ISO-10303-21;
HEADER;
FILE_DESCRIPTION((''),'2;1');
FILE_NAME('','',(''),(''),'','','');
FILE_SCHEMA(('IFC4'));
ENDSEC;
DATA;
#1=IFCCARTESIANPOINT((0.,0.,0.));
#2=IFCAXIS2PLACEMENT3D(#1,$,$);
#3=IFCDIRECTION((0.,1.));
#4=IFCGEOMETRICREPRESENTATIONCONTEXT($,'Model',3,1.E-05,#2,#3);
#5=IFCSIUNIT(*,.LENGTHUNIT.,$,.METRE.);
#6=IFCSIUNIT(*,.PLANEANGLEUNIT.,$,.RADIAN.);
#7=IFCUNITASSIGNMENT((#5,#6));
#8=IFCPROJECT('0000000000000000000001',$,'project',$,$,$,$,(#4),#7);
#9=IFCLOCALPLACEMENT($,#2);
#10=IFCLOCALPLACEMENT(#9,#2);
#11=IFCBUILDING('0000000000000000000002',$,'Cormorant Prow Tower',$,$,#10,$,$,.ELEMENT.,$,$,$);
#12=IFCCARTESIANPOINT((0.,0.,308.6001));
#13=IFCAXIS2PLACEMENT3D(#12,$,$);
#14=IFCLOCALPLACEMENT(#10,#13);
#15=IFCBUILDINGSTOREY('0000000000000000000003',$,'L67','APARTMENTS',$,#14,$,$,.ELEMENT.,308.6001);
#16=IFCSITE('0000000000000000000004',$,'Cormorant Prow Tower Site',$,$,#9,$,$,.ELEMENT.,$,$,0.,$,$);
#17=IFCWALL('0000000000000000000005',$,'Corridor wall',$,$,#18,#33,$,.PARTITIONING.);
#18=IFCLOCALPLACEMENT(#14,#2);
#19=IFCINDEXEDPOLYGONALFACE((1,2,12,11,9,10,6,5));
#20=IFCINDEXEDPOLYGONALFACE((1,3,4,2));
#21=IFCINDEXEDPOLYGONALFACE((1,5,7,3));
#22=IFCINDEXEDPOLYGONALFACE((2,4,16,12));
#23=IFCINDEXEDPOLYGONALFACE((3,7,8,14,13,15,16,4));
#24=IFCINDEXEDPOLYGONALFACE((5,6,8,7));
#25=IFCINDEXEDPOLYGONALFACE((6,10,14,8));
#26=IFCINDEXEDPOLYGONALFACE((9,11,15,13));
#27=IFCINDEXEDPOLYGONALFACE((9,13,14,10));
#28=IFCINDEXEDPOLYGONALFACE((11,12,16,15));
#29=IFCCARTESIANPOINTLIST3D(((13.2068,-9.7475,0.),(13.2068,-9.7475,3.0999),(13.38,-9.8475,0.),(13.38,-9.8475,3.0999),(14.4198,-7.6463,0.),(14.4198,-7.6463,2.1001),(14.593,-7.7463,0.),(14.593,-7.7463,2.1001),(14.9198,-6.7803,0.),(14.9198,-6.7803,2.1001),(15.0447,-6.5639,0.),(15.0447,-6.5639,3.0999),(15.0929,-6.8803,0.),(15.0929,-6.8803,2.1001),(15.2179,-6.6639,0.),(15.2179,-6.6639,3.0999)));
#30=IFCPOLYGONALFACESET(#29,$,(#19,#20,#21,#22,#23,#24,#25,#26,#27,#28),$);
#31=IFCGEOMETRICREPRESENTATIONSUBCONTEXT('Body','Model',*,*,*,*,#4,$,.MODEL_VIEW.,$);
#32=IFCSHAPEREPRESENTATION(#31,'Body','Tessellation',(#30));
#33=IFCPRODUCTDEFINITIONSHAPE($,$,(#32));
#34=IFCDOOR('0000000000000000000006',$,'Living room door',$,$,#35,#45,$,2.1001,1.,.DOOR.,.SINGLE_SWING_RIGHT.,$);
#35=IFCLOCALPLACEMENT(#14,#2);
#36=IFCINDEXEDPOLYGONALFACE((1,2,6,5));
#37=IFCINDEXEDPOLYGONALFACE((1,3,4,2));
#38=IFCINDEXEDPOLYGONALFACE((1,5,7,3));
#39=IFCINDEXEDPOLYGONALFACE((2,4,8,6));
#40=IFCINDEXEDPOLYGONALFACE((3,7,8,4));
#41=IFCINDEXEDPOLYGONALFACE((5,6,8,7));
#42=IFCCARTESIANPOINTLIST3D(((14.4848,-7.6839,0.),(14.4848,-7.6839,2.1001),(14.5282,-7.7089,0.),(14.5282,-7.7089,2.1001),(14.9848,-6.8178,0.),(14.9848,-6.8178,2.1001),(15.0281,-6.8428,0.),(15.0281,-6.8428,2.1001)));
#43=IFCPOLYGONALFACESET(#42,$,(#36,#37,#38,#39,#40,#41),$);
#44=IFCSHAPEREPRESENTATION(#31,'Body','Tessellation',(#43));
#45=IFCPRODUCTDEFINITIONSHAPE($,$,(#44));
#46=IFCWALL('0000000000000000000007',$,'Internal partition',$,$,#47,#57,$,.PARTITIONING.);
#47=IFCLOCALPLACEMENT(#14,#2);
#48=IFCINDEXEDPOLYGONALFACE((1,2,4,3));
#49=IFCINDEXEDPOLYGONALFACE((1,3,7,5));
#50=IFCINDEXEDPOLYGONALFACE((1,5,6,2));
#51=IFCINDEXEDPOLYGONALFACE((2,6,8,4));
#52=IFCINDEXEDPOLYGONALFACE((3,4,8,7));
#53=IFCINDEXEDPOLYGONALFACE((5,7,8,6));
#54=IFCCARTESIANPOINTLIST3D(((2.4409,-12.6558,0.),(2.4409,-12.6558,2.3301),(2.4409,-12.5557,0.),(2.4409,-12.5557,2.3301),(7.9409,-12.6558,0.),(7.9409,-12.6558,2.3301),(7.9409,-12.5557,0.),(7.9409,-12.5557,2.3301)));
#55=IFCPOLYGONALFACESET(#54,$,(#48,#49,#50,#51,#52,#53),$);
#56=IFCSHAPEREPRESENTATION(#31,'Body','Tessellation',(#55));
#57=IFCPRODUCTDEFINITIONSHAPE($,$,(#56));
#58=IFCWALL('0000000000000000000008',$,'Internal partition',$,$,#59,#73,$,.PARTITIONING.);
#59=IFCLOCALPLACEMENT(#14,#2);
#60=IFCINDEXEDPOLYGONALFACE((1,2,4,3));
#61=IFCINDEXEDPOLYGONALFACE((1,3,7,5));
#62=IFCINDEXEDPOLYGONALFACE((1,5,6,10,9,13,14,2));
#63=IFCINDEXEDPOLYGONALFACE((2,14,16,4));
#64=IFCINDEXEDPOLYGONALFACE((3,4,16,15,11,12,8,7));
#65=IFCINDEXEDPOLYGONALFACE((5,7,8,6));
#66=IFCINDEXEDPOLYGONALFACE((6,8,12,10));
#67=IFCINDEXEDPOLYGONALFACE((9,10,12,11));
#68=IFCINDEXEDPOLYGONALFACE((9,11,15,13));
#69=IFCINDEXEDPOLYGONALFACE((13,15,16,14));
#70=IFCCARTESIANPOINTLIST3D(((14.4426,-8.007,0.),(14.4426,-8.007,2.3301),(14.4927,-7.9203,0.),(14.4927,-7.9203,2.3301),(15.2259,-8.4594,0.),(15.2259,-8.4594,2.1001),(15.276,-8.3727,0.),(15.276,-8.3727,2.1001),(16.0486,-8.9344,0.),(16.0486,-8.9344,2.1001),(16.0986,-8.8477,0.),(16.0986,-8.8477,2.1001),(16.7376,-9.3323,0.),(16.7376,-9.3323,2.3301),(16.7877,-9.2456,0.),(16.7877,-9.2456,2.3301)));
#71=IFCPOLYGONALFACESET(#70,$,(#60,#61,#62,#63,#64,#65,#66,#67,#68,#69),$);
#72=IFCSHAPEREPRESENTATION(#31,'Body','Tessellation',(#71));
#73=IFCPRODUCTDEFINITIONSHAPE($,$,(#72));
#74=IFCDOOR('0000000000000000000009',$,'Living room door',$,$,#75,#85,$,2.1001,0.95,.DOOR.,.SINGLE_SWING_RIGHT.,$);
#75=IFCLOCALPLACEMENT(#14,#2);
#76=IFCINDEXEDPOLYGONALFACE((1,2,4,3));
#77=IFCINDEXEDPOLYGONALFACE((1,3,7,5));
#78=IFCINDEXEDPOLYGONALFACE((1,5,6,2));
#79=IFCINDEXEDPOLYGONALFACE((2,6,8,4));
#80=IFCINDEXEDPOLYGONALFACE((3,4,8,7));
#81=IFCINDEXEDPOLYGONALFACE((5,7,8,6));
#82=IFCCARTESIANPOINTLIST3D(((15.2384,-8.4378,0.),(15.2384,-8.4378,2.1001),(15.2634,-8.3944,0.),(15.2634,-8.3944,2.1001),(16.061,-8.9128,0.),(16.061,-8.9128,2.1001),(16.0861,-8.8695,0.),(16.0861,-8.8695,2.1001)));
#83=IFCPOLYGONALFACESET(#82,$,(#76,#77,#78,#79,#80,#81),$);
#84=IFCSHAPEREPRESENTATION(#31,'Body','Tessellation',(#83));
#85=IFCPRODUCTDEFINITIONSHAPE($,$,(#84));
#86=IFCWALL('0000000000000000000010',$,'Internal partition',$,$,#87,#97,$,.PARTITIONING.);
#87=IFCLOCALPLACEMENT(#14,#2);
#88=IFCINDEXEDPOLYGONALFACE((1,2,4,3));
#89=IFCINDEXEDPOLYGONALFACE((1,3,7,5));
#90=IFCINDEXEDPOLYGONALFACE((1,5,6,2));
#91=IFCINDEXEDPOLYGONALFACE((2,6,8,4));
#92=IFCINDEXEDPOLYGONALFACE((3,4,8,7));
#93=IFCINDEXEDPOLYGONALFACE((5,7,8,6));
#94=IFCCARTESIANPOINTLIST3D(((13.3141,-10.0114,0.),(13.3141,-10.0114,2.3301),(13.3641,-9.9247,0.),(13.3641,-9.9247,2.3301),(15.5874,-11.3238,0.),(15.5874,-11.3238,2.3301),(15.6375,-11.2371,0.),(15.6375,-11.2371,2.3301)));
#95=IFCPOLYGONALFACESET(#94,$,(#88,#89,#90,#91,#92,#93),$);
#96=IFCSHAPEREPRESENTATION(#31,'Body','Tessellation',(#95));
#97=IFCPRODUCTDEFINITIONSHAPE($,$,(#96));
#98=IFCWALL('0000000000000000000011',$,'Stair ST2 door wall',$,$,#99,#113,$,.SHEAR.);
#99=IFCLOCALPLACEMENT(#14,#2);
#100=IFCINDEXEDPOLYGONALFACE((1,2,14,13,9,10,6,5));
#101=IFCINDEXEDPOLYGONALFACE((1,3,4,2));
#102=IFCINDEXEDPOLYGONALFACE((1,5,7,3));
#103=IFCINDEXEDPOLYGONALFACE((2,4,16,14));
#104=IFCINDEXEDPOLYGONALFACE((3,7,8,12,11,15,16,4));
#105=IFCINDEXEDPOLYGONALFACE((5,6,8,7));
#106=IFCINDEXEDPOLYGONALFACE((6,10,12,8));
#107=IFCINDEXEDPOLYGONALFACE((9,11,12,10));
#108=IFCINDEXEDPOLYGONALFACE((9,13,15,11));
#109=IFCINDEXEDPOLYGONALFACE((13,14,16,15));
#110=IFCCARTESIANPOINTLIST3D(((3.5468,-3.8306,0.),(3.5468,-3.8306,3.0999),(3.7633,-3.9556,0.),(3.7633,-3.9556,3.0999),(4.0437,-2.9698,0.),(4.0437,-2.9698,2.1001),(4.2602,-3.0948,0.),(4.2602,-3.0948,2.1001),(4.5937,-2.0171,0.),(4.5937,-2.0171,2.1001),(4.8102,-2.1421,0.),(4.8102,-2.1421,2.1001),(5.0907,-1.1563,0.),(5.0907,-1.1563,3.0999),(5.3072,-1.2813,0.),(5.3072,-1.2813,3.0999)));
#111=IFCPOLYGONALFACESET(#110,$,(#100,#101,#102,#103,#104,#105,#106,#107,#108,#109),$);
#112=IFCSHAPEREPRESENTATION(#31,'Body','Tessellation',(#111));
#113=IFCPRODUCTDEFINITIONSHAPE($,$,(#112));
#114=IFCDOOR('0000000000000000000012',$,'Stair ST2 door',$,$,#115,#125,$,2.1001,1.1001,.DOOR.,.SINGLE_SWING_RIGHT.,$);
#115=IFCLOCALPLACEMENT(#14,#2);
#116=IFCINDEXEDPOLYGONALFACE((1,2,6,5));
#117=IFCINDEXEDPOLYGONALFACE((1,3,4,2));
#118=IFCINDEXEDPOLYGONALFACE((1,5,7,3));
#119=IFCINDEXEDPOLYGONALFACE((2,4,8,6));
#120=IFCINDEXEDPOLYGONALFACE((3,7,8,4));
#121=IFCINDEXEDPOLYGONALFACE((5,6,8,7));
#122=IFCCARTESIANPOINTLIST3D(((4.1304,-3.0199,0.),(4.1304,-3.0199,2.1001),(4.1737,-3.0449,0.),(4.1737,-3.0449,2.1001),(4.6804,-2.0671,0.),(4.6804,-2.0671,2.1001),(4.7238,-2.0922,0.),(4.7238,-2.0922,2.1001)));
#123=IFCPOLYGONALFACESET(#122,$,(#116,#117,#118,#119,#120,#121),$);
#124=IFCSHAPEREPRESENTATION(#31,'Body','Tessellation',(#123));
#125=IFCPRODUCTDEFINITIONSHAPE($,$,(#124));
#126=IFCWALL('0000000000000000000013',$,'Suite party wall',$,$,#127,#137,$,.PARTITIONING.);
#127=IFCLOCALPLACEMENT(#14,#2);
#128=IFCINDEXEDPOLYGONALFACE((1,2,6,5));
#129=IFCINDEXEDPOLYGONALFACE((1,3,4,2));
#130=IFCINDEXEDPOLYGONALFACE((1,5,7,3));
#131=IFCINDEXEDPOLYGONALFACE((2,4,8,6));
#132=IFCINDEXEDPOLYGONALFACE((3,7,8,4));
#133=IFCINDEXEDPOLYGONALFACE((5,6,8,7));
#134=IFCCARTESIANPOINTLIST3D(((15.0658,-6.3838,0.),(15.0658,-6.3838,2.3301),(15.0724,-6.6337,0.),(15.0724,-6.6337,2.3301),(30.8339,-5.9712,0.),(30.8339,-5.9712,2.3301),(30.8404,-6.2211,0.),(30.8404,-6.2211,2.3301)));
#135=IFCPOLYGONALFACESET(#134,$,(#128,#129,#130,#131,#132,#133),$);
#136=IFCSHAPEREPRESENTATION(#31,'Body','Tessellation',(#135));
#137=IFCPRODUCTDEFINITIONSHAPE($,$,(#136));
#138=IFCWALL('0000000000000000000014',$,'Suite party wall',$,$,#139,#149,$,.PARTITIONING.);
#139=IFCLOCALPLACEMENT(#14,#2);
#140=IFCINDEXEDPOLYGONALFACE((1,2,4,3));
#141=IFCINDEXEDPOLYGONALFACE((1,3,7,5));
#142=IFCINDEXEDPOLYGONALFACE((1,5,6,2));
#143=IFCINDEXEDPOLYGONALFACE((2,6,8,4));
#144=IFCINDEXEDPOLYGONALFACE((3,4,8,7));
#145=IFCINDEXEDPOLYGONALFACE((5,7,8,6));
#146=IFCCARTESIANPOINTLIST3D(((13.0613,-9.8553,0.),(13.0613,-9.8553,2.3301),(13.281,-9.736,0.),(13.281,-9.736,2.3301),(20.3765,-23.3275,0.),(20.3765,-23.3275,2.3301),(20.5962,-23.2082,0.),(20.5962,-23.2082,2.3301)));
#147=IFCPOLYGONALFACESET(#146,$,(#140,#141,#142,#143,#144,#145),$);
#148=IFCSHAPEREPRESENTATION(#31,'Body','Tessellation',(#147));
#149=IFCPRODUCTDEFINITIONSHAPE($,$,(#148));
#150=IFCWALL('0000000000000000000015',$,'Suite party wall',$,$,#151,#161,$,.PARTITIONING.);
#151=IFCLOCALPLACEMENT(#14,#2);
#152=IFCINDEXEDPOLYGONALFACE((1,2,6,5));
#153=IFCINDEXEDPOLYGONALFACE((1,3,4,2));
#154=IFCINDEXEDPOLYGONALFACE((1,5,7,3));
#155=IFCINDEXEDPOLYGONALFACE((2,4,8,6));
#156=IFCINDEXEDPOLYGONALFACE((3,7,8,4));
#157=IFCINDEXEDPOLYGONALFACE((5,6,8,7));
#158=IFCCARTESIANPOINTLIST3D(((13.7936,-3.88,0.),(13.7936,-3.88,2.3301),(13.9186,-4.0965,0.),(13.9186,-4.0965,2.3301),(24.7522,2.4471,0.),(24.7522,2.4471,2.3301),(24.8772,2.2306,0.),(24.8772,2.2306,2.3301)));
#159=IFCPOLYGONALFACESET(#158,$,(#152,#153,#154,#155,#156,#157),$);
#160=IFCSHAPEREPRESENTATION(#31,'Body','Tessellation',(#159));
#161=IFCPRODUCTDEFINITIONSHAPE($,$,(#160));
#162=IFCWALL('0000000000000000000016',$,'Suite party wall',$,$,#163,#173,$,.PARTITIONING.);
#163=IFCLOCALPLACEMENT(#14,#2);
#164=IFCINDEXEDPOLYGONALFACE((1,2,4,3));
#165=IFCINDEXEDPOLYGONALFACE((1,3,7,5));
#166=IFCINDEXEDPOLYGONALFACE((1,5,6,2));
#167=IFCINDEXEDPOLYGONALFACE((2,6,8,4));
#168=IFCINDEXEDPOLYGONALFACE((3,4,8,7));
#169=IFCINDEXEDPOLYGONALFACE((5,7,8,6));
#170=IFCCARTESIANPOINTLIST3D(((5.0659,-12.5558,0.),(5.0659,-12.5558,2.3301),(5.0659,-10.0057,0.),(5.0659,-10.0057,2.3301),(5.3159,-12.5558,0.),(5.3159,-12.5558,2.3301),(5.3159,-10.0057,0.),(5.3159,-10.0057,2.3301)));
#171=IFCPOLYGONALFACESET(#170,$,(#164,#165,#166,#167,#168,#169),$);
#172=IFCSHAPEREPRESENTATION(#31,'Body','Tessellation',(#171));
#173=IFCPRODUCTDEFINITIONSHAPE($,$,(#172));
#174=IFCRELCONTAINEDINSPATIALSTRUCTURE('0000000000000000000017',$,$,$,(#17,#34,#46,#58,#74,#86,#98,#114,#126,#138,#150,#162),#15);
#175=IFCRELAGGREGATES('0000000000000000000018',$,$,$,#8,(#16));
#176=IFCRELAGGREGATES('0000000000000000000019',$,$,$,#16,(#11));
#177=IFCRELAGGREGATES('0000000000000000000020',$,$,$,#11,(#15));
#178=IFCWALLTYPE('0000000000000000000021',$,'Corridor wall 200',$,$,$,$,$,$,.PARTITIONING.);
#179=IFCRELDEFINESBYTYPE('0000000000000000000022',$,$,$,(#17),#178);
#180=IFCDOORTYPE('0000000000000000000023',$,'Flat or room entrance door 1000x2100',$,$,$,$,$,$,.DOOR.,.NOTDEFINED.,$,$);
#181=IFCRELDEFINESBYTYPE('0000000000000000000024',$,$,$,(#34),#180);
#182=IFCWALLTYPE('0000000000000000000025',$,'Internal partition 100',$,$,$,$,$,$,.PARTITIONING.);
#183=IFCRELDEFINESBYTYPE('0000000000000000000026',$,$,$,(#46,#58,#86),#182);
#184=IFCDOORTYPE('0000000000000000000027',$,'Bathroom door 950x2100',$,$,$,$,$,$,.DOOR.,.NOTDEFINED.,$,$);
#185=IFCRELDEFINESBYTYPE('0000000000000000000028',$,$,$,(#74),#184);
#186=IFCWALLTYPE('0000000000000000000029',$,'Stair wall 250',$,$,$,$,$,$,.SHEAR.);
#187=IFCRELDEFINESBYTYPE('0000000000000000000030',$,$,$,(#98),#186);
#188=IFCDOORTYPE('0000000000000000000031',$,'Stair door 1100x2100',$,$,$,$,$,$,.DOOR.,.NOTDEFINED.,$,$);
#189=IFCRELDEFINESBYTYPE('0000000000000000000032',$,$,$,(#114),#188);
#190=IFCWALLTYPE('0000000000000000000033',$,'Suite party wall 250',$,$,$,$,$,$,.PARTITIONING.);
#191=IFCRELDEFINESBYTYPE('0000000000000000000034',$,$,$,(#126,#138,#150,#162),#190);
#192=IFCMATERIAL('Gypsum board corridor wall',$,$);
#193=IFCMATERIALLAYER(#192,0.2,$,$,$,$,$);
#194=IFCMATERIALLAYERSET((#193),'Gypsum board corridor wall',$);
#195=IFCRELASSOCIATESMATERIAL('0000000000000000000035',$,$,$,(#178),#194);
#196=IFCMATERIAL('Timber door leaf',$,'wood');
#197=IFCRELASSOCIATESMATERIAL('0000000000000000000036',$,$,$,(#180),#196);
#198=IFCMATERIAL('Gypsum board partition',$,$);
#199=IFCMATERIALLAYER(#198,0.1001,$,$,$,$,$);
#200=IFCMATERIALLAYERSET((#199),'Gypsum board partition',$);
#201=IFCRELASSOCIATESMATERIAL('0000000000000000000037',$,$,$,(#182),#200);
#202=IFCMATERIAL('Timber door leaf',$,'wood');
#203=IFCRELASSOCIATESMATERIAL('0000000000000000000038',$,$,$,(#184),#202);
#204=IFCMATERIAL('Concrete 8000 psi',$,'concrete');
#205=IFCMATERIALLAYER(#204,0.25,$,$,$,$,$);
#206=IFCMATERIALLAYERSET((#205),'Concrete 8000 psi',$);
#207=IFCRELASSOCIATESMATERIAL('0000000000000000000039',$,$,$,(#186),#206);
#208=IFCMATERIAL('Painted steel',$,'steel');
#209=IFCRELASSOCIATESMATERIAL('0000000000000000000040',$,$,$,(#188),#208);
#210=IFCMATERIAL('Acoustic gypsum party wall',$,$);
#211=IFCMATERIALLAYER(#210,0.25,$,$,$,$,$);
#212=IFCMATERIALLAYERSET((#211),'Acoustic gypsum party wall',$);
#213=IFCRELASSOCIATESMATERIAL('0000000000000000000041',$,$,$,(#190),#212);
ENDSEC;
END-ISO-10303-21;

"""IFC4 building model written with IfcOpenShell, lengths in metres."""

from ifc_helpers import new_model, si_unit, direction, frame, frame_2d, origin, place, context, subcontext, project, spatial, rectangle, extrude, material, layer, layer_set, type_object, element, fill, save


model = new_model("IFC4")

# Units and contexts
model_context = context("Model", 3, precision=1e-05, world=origin(), true_north=direction((0.0, 1.0)))
body_context = subcontext(model_context, "Body", "Model", "MODEL_VIEW")
ifc_project = project(units=[si_unit("LENGTHUNIT", "METRE"), si_unit("PLANEANGLEUNIT", "RADIAN")], contexts=[model_context])

# Site, building, storey
site_placement = place(None, origin())
site = spatial("IfcSite", under=ifc_project, at=site_placement, Name="Cormorant Prow Tower Site", CompositionType="ELEMENT", RefElevation=0.0)
building_placement = place(site_placement, origin())
building = spatial("IfcBuilding", under=site, at=building_placement, Name="Cormorant Prow Tower", CompositionType="ELEMENT")
storey_placement = place(building_placement, frame((0.0, 0.0, 308.6001)))
storey = spatial("IfcBuildingStorey", under=building, at=storey_placement, Name="L67", Description="APARTMENTS", CompositionType="ELEMENT", Elevation=308.6001)

# Shared definitions
ifc_material_1 = material(Name="Gypsum board corridor wall")
ifc_layer_1 = layer(ifc_material_1, 0.2)
ifc_layer_set_1 = layer_set([ifc_layer_1], Name="Gypsum board corridor wall")
wall_type_1 = type_object("IfcWallType", Name="Corridor wall 200", PredefinedType="PARTITIONING", material=ifc_layer_set_1)
ifc_material_2 = material(Name="Timber door leaf", Category="wood")
door_type_1 = type_object("IfcDoorType", Name="Flat or room entrance door 1000x2100", OperationType="NOTDEFINED", PredefinedType="DOOR", material=ifc_material_2)

# Wall, opening, door
wall_1_placement = place(storey_placement, frame((13.2935, -9.7974, 0.0), z_axis=(0.0, 0.0, 1.0), x_axis=(0.499968, 0.866044, 0.0)))
wall_1 = element("IfcWall", 1, at=wall_1_placement, inside=storey, type_object=wall_type_1, Name="Corridor wall", PredefinedType="PARTITIONING", context=body_context, shape_type="SweptSolid", body=[
    extrude(rectangle(XDim=3.676, YDim=0.2, at=frame_2d((1.8379, 0.0))), origin(), (0.0, 0.0, 1.0), 3.0999),
])
opening_1_placement = place(wall_1_placement, frame((2.426, 0.0, 0.0)))
opening_1 = element("IfcOpeningElement", 2, at=opening_1_placement, cuts=wall_1, PredefinedType="OPENING", context=body_context, shape_type="SweptSolid", body=[
    extrude(rectangle(XDim=1.0, YDim=2.1001, at=frame_2d((0.5, 1.05))), frame((0.0, 0.1099, 0.0), z_axis=(0.0, -1.0, 0.0), x_axis=(1.0, 0.0, 0.0)), (0.0, 0.0, 1.0), 0.22),
])
door_1_placement = place(opening_1_placement, origin())
door_1 = element("IfcDoor", 3, at=door_1_placement, inside=storey, type_object=door_type_1, Name="Living room door", OperationType="SINGLE_SWING_RIGHT", OverallHeight=2.1001, OverallWidth=1.0, PredefinedType="DOOR", context=body_context, shape_type="SweptSolid", body=[
    extrude(rectangle(XDim=1.0, YDim=2.1001, at=frame_2d((0.5, 1.05))), frame((0.0, 0.0249, 0.0), z_axis=(0.0, -1.0, 0.0), x_axis=(1.0, 0.0, 0.0)), (0.0, 0.0, 1.0), 0.05),
])
fill(opening_1, door_1)

# Wall
ifc_material_3 = material(Name="Gypsum board partition")
ifc_layer_2 = layer(ifc_material_3, 0.1001)
ifc_layer_set_2 = layer_set([ifc_layer_2], Name="Gypsum board partition")
wall_type_2 = type_object("IfcWallType", Name="Internal partition 100", PredefinedType="PARTITIONING", material=ifc_layer_set_2)
wall_2_placement = place(storey_placement, frame((2.4409, -12.6057, 0.0), z_axis=(0.0, 0.0, 1.0), x_axis=(1.0, 0.0, 0.0)))
element("IfcWall", 4, at=wall_2_placement, inside=storey, type_object=wall_type_2, Name="Internal partition", PredefinedType="PARTITIONING", context=body_context, shape_type="SweptSolid", body=[
    extrude(rectangle(XDim=5.5, YDim=0.1001, at=frame_2d((2.75, 0.0))), origin(), (0.0, 0.0, 1.0), 2.3301),
])

# Wall, opening, door
wall_3_placement = place(storey_placement, frame((14.4675, -7.9636, 0.0), z_axis=(0.0, 0.0, 1.0), x_axis=(0.865989, -0.500063, 0.0)))
wall_3 = element("IfcWall", 5, at=wall_3_placement, inside=storey, type_object=wall_type_2, Name="Internal partition", PredefinedType="PARTITIONING", context=body_context, shape_type="SweptSolid", body=[
    extrude(rectangle(XDim=2.6501, YDim=0.1001, at=frame_2d((1.3252, 0.0))), origin(), (0.0, 0.0, 1.0), 2.3301),
])
opening_2_placement = place(wall_3_placement, frame((0.9045, 0.0, 0.0)))
opening_2 = element("IfcOpeningElement", 6, at=opening_2_placement, cuts=wall_3, PredefinedType="OPENING", context=body_context, shape_type="SweptSolid", body=[
    extrude(rectangle(XDim=0.95, YDim=2.1001, at=frame_2d((0.4751, 1.05))), frame((0.0, 0.0601, 0.0), z_axis=(0.0, -1.0, 0.0), x_axis=(1.0, 0.0, 0.0)), (0.0, 0.0, 1.0), 0.1201),
])
ifc_material_4 = material(Name="Timber door leaf", Category="wood")
door_type_2 = type_object("IfcDoorType", Name="Bathroom door 950x2100", OperationType="NOTDEFINED", PredefinedType="DOOR", material=ifc_material_4)
door_2_placement = place(opening_2_placement, origin())
door_2 = element("IfcDoor", 7, at=door_2_placement, inside=storey, type_object=door_type_2, Name="Living room door", OperationType="SINGLE_SWING_RIGHT", OverallHeight=2.1001, OverallWidth=0.95, PredefinedType="DOOR", context=body_context, shape_type="SweptSolid", body=[
    extrude(rectangle(XDim=0.95, YDim=2.1001, at=frame_2d((0.4751, 1.05))), frame((0.0, 0.0249, 0.0), z_axis=(0.0, -1.0, 0.0), x_axis=(1.0, 0.0, 0.0)), (0.0, 0.0, 1.0), 0.05),
])
fill(opening_2, door_2)

# Wall
wall_4_placement = place(storey_placement, frame((13.3391, -9.968, 0.0), z_axis=(0.0, 0.0, 1.0), x_axis=(0.866037, -0.49998, 0.0)))
element("IfcWall", 8, at=wall_4_placement, inside=storey, type_object=wall_type_2, Name="Internal partition", PredefinedType="PARTITIONING", context=body_context, shape_type="SweptSolid", body=[
    extrude(rectangle(XDim=2.625, YDim=0.1001, at=frame_2d((1.3125, 0.0))), origin(), (0.0, 0.0, 1.0), 2.3301),
])

# Wall, opening, door
ifc_material_5 = material(Name="Concrete 8000 psi", Category="concrete")
ifc_layer_3 = layer(ifc_material_5, 0.25)
ifc_layer_set_3 = layer_set([ifc_layer_3], Name="Concrete 8000 psi")
wall_type_3 = type_object("IfcWallType", Name="Stair wall 250", PredefinedType="SHEAR", material=ifc_layer_set_3)
wall_5_placement = place(storey_placement, frame((3.655, -3.8931, 0.0), z_axis=(0.0, 0.0, 1.0), x_axis=(0.499983, 0.866035, 0.0)))
wall_5 = element("IfcWall", 9, at=wall_5_placement, inside=storey, type_object=wall_type_3, Name="Stair ST2 door wall", PredefinedType="SHEAR", context=body_context, shape_type="SweptSolid", body=[
    extrude(rectangle(XDim=3.0879, YDim=0.25, at=frame_2d((1.5439, 0.0))), origin(), (0.0, 0.0, 1.0), 3.0999),
])
opening_3_placement = place(wall_5_placement, frame((0.9939, 0.0, 0.0)))
opening_3 = element("IfcOpeningElement", 10, at=opening_3_placement, cuts=wall_5, PredefinedType="OPENING", context=body_context, shape_type="SweptSolid", body=[
    extrude(rectangle(XDim=1.1001, YDim=2.1001, at=frame_2d((0.55, 1.05))), frame((0.0, 0.135, 0.0), z_axis=(0.0, -1.0, 0.0), x_axis=(1.0, 0.0, 0.0)), (0.0, 0.0, 1.0), 0.27),
])
ifc_material_6 = material(Name="Painted steel", Category="steel")
door_type_3 = type_object("IfcDoorType", Name="Stair door 1100x2100", OperationType="NOTDEFINED", PredefinedType="DOOR", material=ifc_material_6)
door_3_placement = place(opening_3_placement, origin())
door_3 = element("IfcDoor", 11, at=door_3_placement, inside=storey, type_object=door_type_3, Name="Stair ST2 door", OperationType="SINGLE_SWING_RIGHT", OverallHeight=2.1001, OverallWidth=1.1001, PredefinedType="DOOR", context=body_context, shape_type="SweptSolid", body=[
    extrude(rectangle(XDim=1.1001, YDim=2.1001, at=frame_2d((0.55, 1.05))), frame((0.0, 0.0249, 0.0), z_axis=(0.0, -1.0, 0.0), x_axis=(1.0, 0.0, 0.0)), (0.0, 0.0, 1.0), 0.05),
])
fill(opening_3, door_3)

# Walls
ifc_material_7 = material(Name="Acoustic gypsum party wall")
ifc_layer_4 = layer(ifc_material_7, 0.25)
ifc_layer_set_4 = layer_set([ifc_layer_4], Name="Acoustic gypsum party wall")
wall_type_4 = type_object("IfcWallType", Name="Suite party wall 250", PredefinedType="PARTITIONING", material=ifc_layer_set_4)
wall_6_placement = place(storey_placement, frame((15.0691, -6.5088, 0.0), z_axis=(0.0, 0.0, 1.0), x_axis=(0.999658, 0.026158, 0.0)))
element("IfcWall", 12, at=wall_6_placement, inside=storey, type_object=wall_type_4, Name="Suite party wall", PredefinedType="PARTITIONING", context=body_context, shape_type="SweptSolid", body=[
    extrude(rectangle(XDim=15.7734, YDim=0.25, at=frame_2d((7.8867, 0.0))), origin(), (0.0, 0.0, 1.0), 2.3301),
])
wall_7_placement = place(storey_placement, frame((13.1711, -9.7957, 0.0), z_axis=(0.0, 0.0, 1.0), x_axis=(0.477179, -0.878806, 0.0)))
element("IfcWall", 13, at=wall_7_placement, inside=storey, type_object=wall_type_4, Name="Suite party wall", PredefinedType="PARTITIONING", context=body_context, shape_type="SweptSolid", body=[
    extrude(rectangle(XDim=15.3301, YDim=0.25, at=frame_2d((7.665, 0.0))), origin(), (0.0, 0.0, 1.0), 2.3301),
])
wall_8_placement = place(storey_placement, frame((13.856, -3.9883, 0.0), z_axis=(0.0, 0.0, 1.0), x_axis=(0.866021, 0.500007, 0.0)))
element("IfcWall", 14, at=wall_8_placement, inside=storey, type_object=wall_type_4, Name="Suite party wall", PredefinedType="PARTITIONING", context=body_context, shape_type="SweptSolid", body=[
    extrude(rectangle(XDim=12.6541, YDim=0.25, at=frame_2d((6.3271, 0.0))), origin(), (0.0, 0.0, 1.0), 2.3301),
])
wall_9_placement = place(storey_placement, frame((5.1909, -12.5557, 0.0), z_axis=(0.0, 0.0, 1.0), x_axis=(0.0, 1.0, 0.0)))
element("IfcWall", 15, at=wall_9_placement, inside=storey, type_object=wall_type_4, Name="Suite party wall", PredefinedType="PARTITIONING", context=body_context, shape_type="SweptSolid", body=[
    extrude(rectangle(XDim=2.55, YDim=0.25, at=frame_2d((1.2749, 0.0))), origin(), (0.0, 0.0, 1.0), 2.3301),
])

save(model, "model.ifc")
